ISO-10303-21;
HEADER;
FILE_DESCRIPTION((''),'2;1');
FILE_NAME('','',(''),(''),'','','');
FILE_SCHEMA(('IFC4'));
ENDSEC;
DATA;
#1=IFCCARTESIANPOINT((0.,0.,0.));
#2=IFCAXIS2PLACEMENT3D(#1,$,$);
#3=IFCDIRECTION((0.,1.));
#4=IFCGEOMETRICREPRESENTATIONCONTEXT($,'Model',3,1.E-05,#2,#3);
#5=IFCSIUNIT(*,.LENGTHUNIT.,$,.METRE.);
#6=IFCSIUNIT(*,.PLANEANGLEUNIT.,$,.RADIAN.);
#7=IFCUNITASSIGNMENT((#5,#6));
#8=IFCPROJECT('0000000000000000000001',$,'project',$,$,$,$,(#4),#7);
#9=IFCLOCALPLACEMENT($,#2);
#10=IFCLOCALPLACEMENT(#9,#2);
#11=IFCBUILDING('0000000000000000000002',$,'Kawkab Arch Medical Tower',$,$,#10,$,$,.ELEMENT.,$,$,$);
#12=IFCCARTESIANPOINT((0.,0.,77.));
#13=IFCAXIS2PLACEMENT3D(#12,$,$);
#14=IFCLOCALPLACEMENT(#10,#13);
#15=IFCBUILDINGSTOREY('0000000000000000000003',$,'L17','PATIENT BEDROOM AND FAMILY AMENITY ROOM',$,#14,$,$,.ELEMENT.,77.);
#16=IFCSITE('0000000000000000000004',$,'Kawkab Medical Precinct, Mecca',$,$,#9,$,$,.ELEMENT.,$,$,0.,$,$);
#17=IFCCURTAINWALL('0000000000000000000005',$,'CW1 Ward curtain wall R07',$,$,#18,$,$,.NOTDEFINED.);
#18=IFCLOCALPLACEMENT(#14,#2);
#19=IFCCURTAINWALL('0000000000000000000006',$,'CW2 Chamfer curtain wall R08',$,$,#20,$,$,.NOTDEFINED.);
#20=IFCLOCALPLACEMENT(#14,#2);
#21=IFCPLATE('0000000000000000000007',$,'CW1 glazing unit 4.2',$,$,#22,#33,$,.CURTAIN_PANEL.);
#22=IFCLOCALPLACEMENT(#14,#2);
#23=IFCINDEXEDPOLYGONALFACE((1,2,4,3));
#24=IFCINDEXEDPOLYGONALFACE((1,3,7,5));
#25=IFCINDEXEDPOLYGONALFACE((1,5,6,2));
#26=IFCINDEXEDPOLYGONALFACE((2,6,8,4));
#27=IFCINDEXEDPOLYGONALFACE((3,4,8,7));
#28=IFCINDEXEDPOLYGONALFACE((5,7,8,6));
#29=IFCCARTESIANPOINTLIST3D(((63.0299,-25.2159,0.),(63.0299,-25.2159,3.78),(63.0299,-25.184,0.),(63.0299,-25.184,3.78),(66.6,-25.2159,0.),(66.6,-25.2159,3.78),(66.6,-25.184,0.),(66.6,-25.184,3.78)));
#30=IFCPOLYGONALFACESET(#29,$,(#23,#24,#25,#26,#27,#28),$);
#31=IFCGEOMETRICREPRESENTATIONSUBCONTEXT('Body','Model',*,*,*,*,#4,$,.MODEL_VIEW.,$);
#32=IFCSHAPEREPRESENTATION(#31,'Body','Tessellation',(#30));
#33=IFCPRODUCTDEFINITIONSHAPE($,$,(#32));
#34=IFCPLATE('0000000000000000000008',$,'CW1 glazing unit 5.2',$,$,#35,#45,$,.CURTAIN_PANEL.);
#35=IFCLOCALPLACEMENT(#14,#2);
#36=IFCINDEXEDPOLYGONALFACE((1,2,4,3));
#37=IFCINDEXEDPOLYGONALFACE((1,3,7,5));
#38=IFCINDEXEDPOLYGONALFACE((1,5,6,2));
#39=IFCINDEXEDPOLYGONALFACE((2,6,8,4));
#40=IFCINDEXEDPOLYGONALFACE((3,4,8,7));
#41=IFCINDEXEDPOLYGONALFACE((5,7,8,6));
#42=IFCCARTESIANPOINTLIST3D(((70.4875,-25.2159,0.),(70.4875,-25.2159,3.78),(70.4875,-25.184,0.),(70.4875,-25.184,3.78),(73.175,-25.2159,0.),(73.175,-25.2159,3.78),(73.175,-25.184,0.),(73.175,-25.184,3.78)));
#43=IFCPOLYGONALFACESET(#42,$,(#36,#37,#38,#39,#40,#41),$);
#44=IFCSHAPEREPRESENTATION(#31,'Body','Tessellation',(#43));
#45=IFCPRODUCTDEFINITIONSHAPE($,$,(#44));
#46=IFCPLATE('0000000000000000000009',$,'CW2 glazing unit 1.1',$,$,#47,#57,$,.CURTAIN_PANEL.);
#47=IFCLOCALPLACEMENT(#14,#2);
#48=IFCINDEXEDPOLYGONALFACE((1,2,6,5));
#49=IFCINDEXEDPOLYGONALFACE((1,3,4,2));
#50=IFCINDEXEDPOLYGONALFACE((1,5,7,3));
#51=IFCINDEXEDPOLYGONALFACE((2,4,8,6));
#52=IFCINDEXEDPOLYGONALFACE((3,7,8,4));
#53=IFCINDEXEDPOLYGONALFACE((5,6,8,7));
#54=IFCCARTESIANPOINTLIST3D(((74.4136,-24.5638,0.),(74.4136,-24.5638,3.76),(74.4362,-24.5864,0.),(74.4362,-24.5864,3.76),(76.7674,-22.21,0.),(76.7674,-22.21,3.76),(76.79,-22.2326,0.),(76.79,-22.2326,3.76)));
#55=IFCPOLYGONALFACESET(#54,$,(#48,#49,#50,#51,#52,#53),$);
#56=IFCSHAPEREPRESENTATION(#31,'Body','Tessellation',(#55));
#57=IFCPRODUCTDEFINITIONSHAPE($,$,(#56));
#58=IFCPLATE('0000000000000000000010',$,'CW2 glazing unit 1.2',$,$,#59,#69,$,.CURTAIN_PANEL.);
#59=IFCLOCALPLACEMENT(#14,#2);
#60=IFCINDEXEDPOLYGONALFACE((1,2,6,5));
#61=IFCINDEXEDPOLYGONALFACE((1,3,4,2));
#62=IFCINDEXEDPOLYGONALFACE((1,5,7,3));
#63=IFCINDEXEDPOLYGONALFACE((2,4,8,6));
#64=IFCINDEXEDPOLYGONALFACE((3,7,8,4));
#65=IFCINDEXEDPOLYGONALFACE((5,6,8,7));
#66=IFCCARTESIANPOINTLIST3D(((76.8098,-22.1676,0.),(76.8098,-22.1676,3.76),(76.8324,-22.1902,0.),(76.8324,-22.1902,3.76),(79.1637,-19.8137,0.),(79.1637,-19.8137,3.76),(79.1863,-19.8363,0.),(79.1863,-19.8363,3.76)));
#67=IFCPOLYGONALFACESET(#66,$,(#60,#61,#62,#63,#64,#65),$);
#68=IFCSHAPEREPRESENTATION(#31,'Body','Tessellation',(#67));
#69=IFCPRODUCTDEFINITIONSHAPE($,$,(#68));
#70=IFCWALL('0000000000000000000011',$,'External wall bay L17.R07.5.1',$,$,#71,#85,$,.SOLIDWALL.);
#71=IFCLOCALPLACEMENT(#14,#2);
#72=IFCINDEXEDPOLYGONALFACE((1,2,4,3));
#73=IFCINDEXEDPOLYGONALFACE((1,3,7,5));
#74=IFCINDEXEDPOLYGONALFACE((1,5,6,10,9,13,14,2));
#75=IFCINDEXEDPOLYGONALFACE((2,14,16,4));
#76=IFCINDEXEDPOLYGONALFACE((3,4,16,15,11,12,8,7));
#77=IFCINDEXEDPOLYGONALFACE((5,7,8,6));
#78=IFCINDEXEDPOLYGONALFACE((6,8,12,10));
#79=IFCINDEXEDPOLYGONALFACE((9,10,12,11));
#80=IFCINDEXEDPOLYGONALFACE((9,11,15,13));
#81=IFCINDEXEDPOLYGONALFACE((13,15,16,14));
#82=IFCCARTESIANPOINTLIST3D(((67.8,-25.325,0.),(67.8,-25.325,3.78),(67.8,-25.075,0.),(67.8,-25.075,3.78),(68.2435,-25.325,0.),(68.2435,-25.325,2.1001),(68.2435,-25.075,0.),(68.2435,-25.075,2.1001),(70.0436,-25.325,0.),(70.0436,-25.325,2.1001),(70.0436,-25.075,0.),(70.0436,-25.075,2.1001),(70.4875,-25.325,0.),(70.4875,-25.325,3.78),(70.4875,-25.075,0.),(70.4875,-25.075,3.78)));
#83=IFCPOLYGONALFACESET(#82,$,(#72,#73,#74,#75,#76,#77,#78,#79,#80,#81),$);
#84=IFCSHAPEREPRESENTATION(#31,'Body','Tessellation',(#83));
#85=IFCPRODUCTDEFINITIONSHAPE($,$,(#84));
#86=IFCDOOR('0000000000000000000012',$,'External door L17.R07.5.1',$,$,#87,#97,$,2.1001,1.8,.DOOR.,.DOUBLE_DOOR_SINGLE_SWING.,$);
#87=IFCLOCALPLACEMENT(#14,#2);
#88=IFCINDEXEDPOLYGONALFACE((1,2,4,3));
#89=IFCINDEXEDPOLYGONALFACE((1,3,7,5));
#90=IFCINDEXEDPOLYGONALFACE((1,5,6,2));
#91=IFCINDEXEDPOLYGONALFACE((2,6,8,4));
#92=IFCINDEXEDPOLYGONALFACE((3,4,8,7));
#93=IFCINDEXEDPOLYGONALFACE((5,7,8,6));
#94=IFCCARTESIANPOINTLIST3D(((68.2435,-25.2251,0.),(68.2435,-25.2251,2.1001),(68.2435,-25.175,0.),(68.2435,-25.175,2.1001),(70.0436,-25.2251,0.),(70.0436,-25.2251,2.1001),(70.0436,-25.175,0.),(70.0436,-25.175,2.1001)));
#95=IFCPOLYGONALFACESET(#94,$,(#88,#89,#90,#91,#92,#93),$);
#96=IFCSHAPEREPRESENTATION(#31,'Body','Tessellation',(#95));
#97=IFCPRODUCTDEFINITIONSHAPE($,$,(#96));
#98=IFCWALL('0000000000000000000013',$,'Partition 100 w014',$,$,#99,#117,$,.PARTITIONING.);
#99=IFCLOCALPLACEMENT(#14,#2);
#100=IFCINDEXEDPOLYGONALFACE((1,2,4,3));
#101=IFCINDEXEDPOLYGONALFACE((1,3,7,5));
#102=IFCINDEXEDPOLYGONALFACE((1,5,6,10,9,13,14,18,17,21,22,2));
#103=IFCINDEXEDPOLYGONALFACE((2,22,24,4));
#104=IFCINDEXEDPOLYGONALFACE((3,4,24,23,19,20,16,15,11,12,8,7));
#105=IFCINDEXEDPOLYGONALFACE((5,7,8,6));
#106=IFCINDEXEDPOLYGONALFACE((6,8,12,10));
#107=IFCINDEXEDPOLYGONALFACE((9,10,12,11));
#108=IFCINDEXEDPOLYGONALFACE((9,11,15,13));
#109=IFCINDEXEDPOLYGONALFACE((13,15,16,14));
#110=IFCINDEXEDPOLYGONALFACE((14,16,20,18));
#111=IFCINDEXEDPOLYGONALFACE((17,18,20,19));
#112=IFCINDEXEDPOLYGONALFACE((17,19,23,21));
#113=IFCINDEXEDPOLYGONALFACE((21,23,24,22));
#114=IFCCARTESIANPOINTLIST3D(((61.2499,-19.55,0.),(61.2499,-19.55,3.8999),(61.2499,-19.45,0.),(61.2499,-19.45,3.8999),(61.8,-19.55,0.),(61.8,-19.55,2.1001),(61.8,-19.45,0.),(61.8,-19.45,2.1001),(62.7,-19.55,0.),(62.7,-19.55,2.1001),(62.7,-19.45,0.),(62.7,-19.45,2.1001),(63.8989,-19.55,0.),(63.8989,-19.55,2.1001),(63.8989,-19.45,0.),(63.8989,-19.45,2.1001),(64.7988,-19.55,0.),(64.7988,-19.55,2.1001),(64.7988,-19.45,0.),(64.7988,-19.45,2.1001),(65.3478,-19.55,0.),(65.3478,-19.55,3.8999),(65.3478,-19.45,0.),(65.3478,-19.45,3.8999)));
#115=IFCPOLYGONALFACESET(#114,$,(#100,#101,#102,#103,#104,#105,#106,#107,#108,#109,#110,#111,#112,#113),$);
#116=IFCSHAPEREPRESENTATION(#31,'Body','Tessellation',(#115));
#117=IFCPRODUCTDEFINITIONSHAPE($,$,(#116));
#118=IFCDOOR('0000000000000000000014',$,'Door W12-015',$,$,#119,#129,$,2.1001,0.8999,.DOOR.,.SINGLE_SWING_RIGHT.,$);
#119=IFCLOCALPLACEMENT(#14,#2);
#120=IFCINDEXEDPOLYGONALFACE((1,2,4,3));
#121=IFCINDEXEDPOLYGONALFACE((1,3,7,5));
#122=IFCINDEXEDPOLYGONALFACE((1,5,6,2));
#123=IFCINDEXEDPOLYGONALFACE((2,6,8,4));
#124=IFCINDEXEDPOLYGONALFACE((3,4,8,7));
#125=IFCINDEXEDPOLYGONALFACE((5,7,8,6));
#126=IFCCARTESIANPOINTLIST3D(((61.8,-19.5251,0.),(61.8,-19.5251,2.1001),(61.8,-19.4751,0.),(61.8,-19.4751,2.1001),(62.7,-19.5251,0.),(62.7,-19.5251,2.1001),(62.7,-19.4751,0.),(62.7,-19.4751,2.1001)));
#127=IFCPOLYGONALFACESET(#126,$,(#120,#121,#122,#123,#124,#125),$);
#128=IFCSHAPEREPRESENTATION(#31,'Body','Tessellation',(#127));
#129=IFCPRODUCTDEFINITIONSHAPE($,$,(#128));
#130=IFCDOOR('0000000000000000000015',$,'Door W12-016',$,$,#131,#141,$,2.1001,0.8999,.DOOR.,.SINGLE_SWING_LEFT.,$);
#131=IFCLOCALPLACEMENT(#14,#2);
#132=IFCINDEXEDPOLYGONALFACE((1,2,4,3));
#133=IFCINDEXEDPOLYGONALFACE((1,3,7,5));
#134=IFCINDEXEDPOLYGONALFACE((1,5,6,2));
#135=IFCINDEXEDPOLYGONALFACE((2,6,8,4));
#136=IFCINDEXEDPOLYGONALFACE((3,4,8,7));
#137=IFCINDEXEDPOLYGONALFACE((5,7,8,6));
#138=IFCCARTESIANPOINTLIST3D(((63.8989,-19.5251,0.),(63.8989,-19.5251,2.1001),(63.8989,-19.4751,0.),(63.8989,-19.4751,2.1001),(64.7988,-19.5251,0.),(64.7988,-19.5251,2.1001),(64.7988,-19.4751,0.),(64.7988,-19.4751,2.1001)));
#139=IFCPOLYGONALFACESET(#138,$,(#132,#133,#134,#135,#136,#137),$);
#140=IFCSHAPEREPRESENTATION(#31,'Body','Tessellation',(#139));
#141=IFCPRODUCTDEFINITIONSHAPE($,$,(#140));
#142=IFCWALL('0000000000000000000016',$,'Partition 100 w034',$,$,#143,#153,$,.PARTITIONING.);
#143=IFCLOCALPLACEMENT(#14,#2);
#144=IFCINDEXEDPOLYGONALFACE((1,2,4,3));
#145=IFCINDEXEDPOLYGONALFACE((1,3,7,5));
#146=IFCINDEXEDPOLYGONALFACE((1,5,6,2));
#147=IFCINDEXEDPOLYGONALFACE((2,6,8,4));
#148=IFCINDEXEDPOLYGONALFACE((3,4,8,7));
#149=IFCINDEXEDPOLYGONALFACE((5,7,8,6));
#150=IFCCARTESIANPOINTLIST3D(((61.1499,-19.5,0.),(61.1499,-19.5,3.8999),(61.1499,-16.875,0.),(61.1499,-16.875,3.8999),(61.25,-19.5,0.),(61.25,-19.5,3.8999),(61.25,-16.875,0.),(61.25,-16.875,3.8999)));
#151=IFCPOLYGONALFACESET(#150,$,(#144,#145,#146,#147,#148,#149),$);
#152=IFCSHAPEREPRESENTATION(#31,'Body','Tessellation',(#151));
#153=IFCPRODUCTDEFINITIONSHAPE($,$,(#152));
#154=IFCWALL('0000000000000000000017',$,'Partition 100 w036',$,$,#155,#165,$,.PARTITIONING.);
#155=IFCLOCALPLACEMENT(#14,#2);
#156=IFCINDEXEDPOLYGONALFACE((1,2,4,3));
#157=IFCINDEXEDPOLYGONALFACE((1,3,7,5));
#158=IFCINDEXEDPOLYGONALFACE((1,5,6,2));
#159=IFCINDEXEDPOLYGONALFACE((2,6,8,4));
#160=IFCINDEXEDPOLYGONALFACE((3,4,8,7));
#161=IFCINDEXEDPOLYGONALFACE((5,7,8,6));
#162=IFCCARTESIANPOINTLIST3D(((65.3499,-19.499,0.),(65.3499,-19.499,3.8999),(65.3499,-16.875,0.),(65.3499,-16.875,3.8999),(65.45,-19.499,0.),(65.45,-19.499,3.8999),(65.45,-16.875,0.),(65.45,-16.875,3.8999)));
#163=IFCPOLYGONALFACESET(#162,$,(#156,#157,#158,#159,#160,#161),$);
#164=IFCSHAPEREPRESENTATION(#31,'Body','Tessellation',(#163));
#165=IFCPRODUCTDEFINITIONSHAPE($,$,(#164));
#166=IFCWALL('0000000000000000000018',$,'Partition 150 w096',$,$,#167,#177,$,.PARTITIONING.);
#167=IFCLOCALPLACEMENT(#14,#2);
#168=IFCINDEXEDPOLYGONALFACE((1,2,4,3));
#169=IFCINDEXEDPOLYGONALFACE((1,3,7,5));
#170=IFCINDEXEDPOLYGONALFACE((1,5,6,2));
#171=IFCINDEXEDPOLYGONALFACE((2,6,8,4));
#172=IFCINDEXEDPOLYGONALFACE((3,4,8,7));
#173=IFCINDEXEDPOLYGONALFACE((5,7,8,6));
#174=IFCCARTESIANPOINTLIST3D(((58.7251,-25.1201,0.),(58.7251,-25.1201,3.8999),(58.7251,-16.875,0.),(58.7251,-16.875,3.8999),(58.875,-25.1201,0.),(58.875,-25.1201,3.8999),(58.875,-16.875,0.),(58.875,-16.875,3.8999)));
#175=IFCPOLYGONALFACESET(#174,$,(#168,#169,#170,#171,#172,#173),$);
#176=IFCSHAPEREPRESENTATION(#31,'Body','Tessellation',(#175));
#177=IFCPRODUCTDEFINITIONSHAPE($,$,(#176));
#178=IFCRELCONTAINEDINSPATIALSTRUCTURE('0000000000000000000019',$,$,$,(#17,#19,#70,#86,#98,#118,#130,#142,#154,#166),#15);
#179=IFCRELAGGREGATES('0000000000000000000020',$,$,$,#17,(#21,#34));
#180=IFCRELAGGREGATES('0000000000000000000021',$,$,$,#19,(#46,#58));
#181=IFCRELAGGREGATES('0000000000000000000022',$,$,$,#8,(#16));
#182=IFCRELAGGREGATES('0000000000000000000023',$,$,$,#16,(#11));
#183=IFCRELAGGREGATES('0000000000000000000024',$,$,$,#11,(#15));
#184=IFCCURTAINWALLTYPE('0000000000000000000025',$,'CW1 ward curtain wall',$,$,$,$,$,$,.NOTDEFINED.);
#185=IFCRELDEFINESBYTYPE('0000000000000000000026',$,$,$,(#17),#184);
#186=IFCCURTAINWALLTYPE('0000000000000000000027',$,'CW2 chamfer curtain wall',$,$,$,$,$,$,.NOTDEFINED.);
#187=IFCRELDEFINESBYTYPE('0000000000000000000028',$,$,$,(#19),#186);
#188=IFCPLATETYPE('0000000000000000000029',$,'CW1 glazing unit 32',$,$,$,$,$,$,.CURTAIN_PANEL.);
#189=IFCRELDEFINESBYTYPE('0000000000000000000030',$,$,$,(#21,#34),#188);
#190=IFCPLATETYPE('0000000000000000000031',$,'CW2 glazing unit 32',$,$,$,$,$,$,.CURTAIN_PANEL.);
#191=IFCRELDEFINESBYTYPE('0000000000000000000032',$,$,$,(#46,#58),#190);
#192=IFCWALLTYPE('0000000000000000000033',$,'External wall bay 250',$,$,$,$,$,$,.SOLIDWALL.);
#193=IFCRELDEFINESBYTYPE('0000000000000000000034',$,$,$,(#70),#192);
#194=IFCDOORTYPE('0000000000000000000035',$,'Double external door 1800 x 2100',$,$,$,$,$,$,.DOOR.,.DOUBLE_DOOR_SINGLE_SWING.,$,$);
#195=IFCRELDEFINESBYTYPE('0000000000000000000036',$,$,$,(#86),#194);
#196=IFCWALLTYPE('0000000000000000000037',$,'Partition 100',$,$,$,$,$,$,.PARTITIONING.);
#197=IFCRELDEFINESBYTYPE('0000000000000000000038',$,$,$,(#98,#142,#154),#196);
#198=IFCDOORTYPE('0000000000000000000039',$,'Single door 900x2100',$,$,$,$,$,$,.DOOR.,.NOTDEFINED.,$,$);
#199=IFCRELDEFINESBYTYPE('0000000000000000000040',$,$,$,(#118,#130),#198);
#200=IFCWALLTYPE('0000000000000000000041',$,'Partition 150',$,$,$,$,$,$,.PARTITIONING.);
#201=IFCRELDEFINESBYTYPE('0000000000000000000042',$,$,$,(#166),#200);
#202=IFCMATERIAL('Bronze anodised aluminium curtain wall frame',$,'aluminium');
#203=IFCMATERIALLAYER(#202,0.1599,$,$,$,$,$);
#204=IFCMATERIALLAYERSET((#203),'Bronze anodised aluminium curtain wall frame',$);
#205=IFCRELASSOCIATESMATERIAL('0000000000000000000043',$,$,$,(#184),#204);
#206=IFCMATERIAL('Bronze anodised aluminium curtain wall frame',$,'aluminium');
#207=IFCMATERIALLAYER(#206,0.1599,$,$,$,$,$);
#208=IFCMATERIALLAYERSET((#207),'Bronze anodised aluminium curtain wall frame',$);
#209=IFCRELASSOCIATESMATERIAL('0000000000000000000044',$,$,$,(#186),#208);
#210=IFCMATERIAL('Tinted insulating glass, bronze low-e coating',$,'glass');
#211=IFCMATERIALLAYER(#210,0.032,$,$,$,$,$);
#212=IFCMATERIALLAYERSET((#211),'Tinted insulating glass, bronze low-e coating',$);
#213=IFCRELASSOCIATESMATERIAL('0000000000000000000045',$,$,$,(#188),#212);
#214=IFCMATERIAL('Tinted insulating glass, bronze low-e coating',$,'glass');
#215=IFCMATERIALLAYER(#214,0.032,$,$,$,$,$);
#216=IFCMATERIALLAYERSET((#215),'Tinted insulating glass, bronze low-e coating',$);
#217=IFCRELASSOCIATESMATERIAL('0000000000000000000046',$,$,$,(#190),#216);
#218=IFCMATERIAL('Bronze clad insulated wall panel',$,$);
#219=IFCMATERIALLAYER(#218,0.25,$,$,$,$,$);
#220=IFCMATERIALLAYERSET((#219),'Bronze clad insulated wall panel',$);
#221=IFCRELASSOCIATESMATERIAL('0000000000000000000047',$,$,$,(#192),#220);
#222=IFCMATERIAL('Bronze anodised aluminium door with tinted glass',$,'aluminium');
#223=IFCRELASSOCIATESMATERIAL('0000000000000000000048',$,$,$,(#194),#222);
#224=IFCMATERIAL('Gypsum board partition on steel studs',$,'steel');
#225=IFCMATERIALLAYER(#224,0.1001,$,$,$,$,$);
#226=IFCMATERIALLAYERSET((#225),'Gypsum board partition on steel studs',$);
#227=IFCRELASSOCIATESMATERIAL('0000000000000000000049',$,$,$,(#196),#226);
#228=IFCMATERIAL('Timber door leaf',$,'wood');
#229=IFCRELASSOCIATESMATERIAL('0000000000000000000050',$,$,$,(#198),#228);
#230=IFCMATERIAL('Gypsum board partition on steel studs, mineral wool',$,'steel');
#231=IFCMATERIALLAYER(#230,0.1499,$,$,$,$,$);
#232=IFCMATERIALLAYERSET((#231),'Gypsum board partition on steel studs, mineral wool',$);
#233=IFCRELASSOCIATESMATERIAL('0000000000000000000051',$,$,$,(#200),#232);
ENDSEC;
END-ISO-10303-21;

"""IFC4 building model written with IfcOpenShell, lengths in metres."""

from ifc_helpers import new_model, si_unit, direction, frame, frame_2d, origin, origin_2d, place, context, subcontext, project, spatial, rectangle, extrude, material, layer, layer_set, type_object, element, fill, aggregate, save


model = new_model("IFC4")

# Units and contexts
model_context = context("Model", 3, precision=1e-05, world=origin(), true_north=direction((0.0, 1.0)))
body_context = subcontext(model_context, "Body", "Model", "MODEL_VIEW")
ifc_project = project(units=[si_unit("LENGTHUNIT", "METRE"), si_unit("PLANEANGLEUNIT", "RADIAN")], contexts=[model_context])

# Site, building, storey
site_placement = place(None, origin())
site = spatial("IfcSite", under=ifc_project, at=site_placement, Name="Kawkab Medical Precinct, Mecca", CompositionType="ELEMENT", RefElevation=0.0)
building_placement = place(site_placement, origin())
building = spatial("IfcBuilding", under=site, at=building_placement, Name="Kawkab Arch Medical Tower", CompositionType="ELEMENT")
storey_placement = place(building_placement, frame((0.0, 0.0, 77.0)))
storey = spatial("IfcBuildingStorey", under=building, at=storey_placement, Name="L17", Description="PATIENT BEDROOM AND FAMILY AMENITY ROOM", CompositionType="ELEMENT", Elevation=77.0)

# Curtain wall
ifc_material_1 = material(Name="Bronze anodised aluminium curtain wall frame", Category="aluminium")
ifc_layer_1 = layer(ifc_material_1, 0.1599)
ifc_layer_set_1 = layer_set([ifc_layer_1], Name="Bronze anodised aluminium curtain wall frame")
curtain_wall_type_1 = type_object("IfcCurtainWallType", Name="CW1 ward curtain wall", PredefinedType="NOTDEFINED", material=ifc_layer_set_1)
placement = place(storey_placement, origin())
curtain_wall_1 = element("IfcCurtainWall", 1, at=placement, inside=storey, type_object=curtain_wall_type_1, Name="CW1 Ward curtain wall R07", PredefinedType="NOTDEFINED")

# Curtain wall
ifc_material_2 = material(Name="Bronze anodised aluminium curtain wall frame", Category="aluminium")
ifc_layer_2 = layer(ifc_material_2, 0.1599)
ifc_layer_set_2 = layer_set([ifc_layer_2], Name="Bronze anodised aluminium curtain wall frame")
curtain_wall_type_2 = type_object("IfcCurtainWallType", Name="CW2 chamfer curtain wall", PredefinedType="NOTDEFINED", material=ifc_layer_set_2)
curtain_wall_2 = element("IfcCurtainWall", 2, at=placement, inside=storey, type_object=curtain_wall_type_2, Name="CW2 Chamfer curtain wall R08", PredefinedType="NOTDEFINED")

# Plates
ifc_material_3 = material(Name="Tinted insulating glass, bronze low-e coating", Category="glass")
ifc_layer_3 = layer(ifc_material_3, 0.032)
ifc_layer_set_3 = layer_set([ifc_layer_3], Name="Tinted insulating glass, bronze low-e coating")
plate_type_1 = type_object("IfcPlateType", Name="CW1 glazing unit 32", PredefinedType="CURTAIN_PANEL", material=ifc_layer_set_3)
plate_1_placement = place(storey_placement, frame((64.8149, -25.2, 0.0), z_axis=(0.0, 0.0, 1.0), x_axis=(1.0, 0.0, 0.0)))
plate_1 = element("IfcPlate", 3, at=plate_1_placement, type_object=plate_type_1, Name="CW1 glazing unit 4.2", PredefinedType="CURTAIN_PANEL", context=body_context, shape_type="SweptSolid", body=[
    extrude(rectangle(XDim=3.5701, YDim=0.032, at=origin_2d()), origin(), (0.0, 0.0, 1.0), 3.78),
])
plate_2_placement = place(storey_placement, frame((71.8313, -25.2, 0.0), z_axis=(0.0, 0.0, 1.0), x_axis=(1.0, 0.0, 0.0)))
plate_2 = element("IfcPlate", 4, at=plate_2_placement, type_object=plate_type_1, Name="CW1 glazing unit 5.2", PredefinedType="CURTAIN_PANEL", context=body_context, shape_type="SweptSolid", body=[
    extrude(rectangle(XDim=2.6875, YDim=0.032, at=origin_2d()), origin(), (0.0, 0.0, 1.0), 3.78),
])
aggregate(curtain_wall_1, [plate_1, plate_2])
ifc_material_4 = material(Name="Tinted insulating glass, bronze low-e coating", Category="glass")
ifc_layer_4 = layer(ifc_material_4, 0.032)
ifc_layer_set_4 = layer_set([ifc_layer_4], Name="Tinted insulating glass, bronze low-e coating")
plate_type_2 = type_object("IfcPlateType", Name="CW2 glazing unit 32", PredefinedType="CURTAIN_PANEL", material=ifc_layer_set_4)
plate_3_placement = place(storey_placement, frame((75.6018, -23.3982, 0.0), z_axis=(0.0, 0.0, 1.0), x_axis=(0.707107, 0.707107, 0.0)))
plate_3 = element("IfcPlate", 5, at=plate_3_placement, type_object=plate_type_2, Name="CW2 glazing unit 1.1", PredefinedType="CURTAIN_PANEL", context=body_context, shape_type="SweptSolid", body=[
    extrude(rectangle(XDim=3.3289, YDim=0.032, at=origin_2d()), origin(), (0.0, 0.0, 1.0), 3.76),
])
plate_4_placement = place(storey_placement, frame((77.998, -21.002, 0.0), z_axis=(0.0, 0.0, 1.0), x_axis=(0.707107, 0.707107, 0.0)))
plate_4 = element("IfcPlate", 6, at=plate_4_placement, type_object=plate_type_2, Name="CW2 glazing unit 1.2", PredefinedType="CURTAIN_PANEL", context=body_context, shape_type="SweptSolid", body=[
    extrude(rectangle(XDim=3.3289, YDim=0.032, at=origin_2d()), origin(), (0.0, 0.0, 1.0), 3.76),
])
aggregate(curtain_wall_2, [plate_3, plate_4])

# Wall, opening, door
ifc_material_5 = material(Name="Bronze clad insulated wall panel")
ifc_layer_5 = layer(ifc_material_5, 0.25)
ifc_layer_set_5 = layer_set([ifc_layer_5], Name="Bronze clad insulated wall panel")
wall_type_1 = type_object("IfcWallType", Name="External wall bay 250", PredefinedType="SOLIDWALL", material=ifc_layer_set_5)
wall_1_placement = place(storey_placement, frame((67.8, -25.2, 0.0), z_axis=(0.0, 0.0, 1.0), x_axis=(1.0, 0.0, 0.0)))
wall_1 = element("IfcWall", 7, at=wall_1_placement, inside=storey, type_object=wall_type_1, Name="External wall bay L17.R07.5.1", PredefinedType="SOLIDWALL", context=body_context, shape_type="SweptSolid", body=[
    extrude(rectangle(XDim=2.6875, YDim=0.25, at=frame_2d((1.3438, 0.0))), origin(), (0.0, 0.0, 1.0), 3.78),
])
opening_1_placement = place(wall_1_placement, frame((0.4436, 0.0, 0.0)))
opening_1 = element("IfcOpeningElement", 8, at=opening_1_placement, cuts=wall_1, PredefinedType="OPENING", context=body_context, shape_type="SweptSolid", body=[
    extrude(rectangle(XDim=1.8, YDim=2.1001, at=frame_2d((0.8999, 1.05))), frame((0.0, 0.135, 0.0), z_axis=(0.0, -1.0, 0.0), x_axis=(1.0, 0.0, 0.0)), (0.0, 0.0, 1.0), 0.27),
])
ifc_material_6 = material(Name="Bronze anodised aluminium door with tinted glass", Category="aluminium")
door_type_1 = type_object("IfcDoorType", Name="Double external door 1800 x 2100", OperationType="DOUBLE_DOOR_SINGLE_SWING", PredefinedType="DOOR", material=ifc_material_6)
door_1_placement = place(opening_1_placement, origin())
door_1 = element("IfcDoor", 9, at=door_1_placement, inside=storey, type_object=door_type_1, Name="External door L17.R07.5.1", OperationType="DOUBLE_DOOR_SINGLE_SWING", OverallHeight=2.1001, OverallWidth=1.8, PredefinedType="DOOR", context=body_context, shape_type="SweptSolid", body=[
    extrude(rectangle(XDim=1.8, YDim=2.1001, at=frame_2d((0.8999, 1.05))), frame((0.0, 0.0249, 0.0), z_axis=(0.0, -1.0, 0.0), x_axis=(1.0, 0.0, 0.0)), (0.0, 0.0, 1.0), 0.05),
])
fill(opening_1, door_1)

# Wall, openings, doors
ifc_material_7 = material(Name="Gypsum board partition on steel studs", Category="steel")
ifc_layer_6 = layer(ifc_material_7, 0.1001)
ifc_layer_set_6 = layer_set([ifc_layer_6], Name="Gypsum board partition on steel studs")
wall_type_2 = type_object("IfcWallType", Name="Partition 100", PredefinedType="PARTITIONING", material=ifc_layer_set_6)
wall_2_placement = place(storey_placement, frame((61.25, -19.5, 0.0), z_axis=(0.0, 0.0, 1.0), x_axis=(1.0, 0.0, 0.0)))
wall_2 = element("IfcWall", 10, at=wall_2_placement, inside=storey, type_object=wall_type_2, Name="Partition 100 w014", PredefinedType="PARTITIONING", context=body_context, shape_type="SweptSolid", body=[
    extrude(rectangle(XDim=4.0979, YDim=0.1001, at=frame_2d((2.0488, 0.0))), origin(), (0.0, 0.0, 1.0), 3.8999),
])
opening_2_placement = place(wall_2_placement, frame((0.55, 0.0, 0.0)))
opening_2 = element("IfcOpeningElement", 11, at=opening_2_placement, cuts=wall_2, PredefinedType="OPENING", context=body_context, shape_type="SweptSolid", body=[
    extrude(rectangle(XDim=0.8999, YDim=2.1001, at=frame_2d((0.45, 1.05))), frame((0.0, 0.0601, 0.0), z_axis=(0.0, -1.0, 0.0), x_axis=(1.0, 0.0, 0.0)), (0.0, 0.0, 1.0), 0.1201),
])
opening_3_placement = place(wall_2_placement, frame((2.6489, 0.0, 0.0)))
opening_3 = element("IfcOpeningElement", 12, at=opening_3_placement, cuts=wall_2, PredefinedType="OPENING", context=body_context, shape_type="SweptSolid", body=[
    extrude(rectangle(XDim=0.8999, YDim=2.1001, at=frame_2d((0.45, 1.05))), frame((0.0, 0.0601, 0.0), z_axis=(0.0, -1.0, 0.0), x_axis=(1.0, 0.0, 0.0)), (0.0, 0.0, 1.0), 0.1201),
])
ifc_material_8 = material(Name="Timber door leaf", Category="wood")
door_type_2 = type_object("IfcDoorType", Name="Single door 900x2100", OperationType="NOTDEFINED", PredefinedType="DOOR", material=ifc_material_8)
door_2_placement = place(opening_2_placement, origin())
door_2 = element("IfcDoor", 13, at=door_2_placement, inside=storey, type_object=door_type_2, Name="Door W12-015", OperationType="SINGLE_SWING_RIGHT", OverallHeight=2.1001, OverallWidth=0.8999, PredefinedType="DOOR", context=body_context, shape_type="SweptSolid", body=[
    extrude(rectangle(XDim=0.8999, YDim=2.1001, at=frame_2d((0.45, 1.05))), frame((0.0, 0.0249, 0.0), z_axis=(0.0, -1.0, 0.0), x_axis=(1.0, 0.0, 0.0)), (0.0, 0.0, 1.0), 0.05),
])
fill(opening_2, door_2)
door_3_placement = place(opening_3_placement, origin())
door_3 = element("IfcDoor", 14, at=door_3_placement, inside=storey, type_object=door_type_2, Name="Door W12-016", OperationType="SINGLE_SWING_LEFT", OverallHeight=2.1001, OverallWidth=0.8999, PredefinedType="DOOR", context=body_context, shape_type="SweptSolid", body=[
    extrude(rectangle(XDim=0.8999, YDim=2.1001, at=frame_2d((0.45, 1.05))), frame((0.0, 0.0249, 0.0), z_axis=(0.0, -1.0, 0.0), x_axis=(1.0, 0.0, 0.0)), (0.0, 0.0, 1.0), 0.05),
])
fill(opening_3, door_3)

# Walls
wall_3_placement = place(storey_placement, frame((61.2, -19.5, 0.0), z_axis=(0.0, 0.0, 1.0), x_axis=(0.0, 1.0, 0.0)))
element("IfcWall", 15, at=wall_3_placement, inside=storey, type_object=wall_type_2, Name="Partition 100 w034", PredefinedType="PARTITIONING", context=body_context, shape_type="SweptSolid", body=[
    extrude(rectangle(XDim=2.625, YDim=0.1001, at=frame_2d((1.3125, 0.0))), origin(), (0.0, 0.0, 1.0), 3.8999),
])
wall_4_placement = place(storey_placement, frame((65.3999, -19.499, 0.0), z_axis=(0.0, 0.0, 1.0), x_axis=(0.0, 1.0, 0.0)))
element("IfcWall", 16, at=wall_4_placement, inside=storey, type_object=wall_type_2, Name="Partition 100 w036", PredefinedType="PARTITIONING", context=body_context, shape_type="SweptSolid", body=[
    extrude(rectangle(XDim=2.624, YDim=0.1001, at=frame_2d((1.312, 0.0))), origin(), (0.0, 0.0, 1.0), 3.8999),
])
ifc_material_9 = material(Name="Gypsum board partition on steel studs, mineral wool", Category="steel")
ifc_layer_7 = layer(ifc_material_9, 0.1499)
ifc_layer_set_7 = layer_set([ifc_layer_7], Name="Gypsum board partition on steel studs, mineral wool")
wall_type_3 = type_object("IfcWallType", Name="Partition 150", PredefinedType="PARTITIONING", material=ifc_layer_set_7)
for number, where, z_axis, x_axis, name in (
    (17, (58.8, -25.1201, 0.0), (0.0, 0.0, 1.0), (0.0, 1.0, 0.0), "Partition 150 w096"),
):
    element("IfcWall", number, at=place(storey_placement, frame(where, z_axis=z_axis, x_axis=x_axis)), inside=storey, type_object=wall_type_3, Name=name, PredefinedType="PARTITIONING", context=body_context, shape_type="SweptSolid", body=[
        extrude(rectangle(XDim=8.2451, YDim=0.1499, at=frame_2d((4.1226, 0.0))), origin(), (0.0, 0.0, 1.0), 3.8999),
    ])

save(model, "model.ifc")
